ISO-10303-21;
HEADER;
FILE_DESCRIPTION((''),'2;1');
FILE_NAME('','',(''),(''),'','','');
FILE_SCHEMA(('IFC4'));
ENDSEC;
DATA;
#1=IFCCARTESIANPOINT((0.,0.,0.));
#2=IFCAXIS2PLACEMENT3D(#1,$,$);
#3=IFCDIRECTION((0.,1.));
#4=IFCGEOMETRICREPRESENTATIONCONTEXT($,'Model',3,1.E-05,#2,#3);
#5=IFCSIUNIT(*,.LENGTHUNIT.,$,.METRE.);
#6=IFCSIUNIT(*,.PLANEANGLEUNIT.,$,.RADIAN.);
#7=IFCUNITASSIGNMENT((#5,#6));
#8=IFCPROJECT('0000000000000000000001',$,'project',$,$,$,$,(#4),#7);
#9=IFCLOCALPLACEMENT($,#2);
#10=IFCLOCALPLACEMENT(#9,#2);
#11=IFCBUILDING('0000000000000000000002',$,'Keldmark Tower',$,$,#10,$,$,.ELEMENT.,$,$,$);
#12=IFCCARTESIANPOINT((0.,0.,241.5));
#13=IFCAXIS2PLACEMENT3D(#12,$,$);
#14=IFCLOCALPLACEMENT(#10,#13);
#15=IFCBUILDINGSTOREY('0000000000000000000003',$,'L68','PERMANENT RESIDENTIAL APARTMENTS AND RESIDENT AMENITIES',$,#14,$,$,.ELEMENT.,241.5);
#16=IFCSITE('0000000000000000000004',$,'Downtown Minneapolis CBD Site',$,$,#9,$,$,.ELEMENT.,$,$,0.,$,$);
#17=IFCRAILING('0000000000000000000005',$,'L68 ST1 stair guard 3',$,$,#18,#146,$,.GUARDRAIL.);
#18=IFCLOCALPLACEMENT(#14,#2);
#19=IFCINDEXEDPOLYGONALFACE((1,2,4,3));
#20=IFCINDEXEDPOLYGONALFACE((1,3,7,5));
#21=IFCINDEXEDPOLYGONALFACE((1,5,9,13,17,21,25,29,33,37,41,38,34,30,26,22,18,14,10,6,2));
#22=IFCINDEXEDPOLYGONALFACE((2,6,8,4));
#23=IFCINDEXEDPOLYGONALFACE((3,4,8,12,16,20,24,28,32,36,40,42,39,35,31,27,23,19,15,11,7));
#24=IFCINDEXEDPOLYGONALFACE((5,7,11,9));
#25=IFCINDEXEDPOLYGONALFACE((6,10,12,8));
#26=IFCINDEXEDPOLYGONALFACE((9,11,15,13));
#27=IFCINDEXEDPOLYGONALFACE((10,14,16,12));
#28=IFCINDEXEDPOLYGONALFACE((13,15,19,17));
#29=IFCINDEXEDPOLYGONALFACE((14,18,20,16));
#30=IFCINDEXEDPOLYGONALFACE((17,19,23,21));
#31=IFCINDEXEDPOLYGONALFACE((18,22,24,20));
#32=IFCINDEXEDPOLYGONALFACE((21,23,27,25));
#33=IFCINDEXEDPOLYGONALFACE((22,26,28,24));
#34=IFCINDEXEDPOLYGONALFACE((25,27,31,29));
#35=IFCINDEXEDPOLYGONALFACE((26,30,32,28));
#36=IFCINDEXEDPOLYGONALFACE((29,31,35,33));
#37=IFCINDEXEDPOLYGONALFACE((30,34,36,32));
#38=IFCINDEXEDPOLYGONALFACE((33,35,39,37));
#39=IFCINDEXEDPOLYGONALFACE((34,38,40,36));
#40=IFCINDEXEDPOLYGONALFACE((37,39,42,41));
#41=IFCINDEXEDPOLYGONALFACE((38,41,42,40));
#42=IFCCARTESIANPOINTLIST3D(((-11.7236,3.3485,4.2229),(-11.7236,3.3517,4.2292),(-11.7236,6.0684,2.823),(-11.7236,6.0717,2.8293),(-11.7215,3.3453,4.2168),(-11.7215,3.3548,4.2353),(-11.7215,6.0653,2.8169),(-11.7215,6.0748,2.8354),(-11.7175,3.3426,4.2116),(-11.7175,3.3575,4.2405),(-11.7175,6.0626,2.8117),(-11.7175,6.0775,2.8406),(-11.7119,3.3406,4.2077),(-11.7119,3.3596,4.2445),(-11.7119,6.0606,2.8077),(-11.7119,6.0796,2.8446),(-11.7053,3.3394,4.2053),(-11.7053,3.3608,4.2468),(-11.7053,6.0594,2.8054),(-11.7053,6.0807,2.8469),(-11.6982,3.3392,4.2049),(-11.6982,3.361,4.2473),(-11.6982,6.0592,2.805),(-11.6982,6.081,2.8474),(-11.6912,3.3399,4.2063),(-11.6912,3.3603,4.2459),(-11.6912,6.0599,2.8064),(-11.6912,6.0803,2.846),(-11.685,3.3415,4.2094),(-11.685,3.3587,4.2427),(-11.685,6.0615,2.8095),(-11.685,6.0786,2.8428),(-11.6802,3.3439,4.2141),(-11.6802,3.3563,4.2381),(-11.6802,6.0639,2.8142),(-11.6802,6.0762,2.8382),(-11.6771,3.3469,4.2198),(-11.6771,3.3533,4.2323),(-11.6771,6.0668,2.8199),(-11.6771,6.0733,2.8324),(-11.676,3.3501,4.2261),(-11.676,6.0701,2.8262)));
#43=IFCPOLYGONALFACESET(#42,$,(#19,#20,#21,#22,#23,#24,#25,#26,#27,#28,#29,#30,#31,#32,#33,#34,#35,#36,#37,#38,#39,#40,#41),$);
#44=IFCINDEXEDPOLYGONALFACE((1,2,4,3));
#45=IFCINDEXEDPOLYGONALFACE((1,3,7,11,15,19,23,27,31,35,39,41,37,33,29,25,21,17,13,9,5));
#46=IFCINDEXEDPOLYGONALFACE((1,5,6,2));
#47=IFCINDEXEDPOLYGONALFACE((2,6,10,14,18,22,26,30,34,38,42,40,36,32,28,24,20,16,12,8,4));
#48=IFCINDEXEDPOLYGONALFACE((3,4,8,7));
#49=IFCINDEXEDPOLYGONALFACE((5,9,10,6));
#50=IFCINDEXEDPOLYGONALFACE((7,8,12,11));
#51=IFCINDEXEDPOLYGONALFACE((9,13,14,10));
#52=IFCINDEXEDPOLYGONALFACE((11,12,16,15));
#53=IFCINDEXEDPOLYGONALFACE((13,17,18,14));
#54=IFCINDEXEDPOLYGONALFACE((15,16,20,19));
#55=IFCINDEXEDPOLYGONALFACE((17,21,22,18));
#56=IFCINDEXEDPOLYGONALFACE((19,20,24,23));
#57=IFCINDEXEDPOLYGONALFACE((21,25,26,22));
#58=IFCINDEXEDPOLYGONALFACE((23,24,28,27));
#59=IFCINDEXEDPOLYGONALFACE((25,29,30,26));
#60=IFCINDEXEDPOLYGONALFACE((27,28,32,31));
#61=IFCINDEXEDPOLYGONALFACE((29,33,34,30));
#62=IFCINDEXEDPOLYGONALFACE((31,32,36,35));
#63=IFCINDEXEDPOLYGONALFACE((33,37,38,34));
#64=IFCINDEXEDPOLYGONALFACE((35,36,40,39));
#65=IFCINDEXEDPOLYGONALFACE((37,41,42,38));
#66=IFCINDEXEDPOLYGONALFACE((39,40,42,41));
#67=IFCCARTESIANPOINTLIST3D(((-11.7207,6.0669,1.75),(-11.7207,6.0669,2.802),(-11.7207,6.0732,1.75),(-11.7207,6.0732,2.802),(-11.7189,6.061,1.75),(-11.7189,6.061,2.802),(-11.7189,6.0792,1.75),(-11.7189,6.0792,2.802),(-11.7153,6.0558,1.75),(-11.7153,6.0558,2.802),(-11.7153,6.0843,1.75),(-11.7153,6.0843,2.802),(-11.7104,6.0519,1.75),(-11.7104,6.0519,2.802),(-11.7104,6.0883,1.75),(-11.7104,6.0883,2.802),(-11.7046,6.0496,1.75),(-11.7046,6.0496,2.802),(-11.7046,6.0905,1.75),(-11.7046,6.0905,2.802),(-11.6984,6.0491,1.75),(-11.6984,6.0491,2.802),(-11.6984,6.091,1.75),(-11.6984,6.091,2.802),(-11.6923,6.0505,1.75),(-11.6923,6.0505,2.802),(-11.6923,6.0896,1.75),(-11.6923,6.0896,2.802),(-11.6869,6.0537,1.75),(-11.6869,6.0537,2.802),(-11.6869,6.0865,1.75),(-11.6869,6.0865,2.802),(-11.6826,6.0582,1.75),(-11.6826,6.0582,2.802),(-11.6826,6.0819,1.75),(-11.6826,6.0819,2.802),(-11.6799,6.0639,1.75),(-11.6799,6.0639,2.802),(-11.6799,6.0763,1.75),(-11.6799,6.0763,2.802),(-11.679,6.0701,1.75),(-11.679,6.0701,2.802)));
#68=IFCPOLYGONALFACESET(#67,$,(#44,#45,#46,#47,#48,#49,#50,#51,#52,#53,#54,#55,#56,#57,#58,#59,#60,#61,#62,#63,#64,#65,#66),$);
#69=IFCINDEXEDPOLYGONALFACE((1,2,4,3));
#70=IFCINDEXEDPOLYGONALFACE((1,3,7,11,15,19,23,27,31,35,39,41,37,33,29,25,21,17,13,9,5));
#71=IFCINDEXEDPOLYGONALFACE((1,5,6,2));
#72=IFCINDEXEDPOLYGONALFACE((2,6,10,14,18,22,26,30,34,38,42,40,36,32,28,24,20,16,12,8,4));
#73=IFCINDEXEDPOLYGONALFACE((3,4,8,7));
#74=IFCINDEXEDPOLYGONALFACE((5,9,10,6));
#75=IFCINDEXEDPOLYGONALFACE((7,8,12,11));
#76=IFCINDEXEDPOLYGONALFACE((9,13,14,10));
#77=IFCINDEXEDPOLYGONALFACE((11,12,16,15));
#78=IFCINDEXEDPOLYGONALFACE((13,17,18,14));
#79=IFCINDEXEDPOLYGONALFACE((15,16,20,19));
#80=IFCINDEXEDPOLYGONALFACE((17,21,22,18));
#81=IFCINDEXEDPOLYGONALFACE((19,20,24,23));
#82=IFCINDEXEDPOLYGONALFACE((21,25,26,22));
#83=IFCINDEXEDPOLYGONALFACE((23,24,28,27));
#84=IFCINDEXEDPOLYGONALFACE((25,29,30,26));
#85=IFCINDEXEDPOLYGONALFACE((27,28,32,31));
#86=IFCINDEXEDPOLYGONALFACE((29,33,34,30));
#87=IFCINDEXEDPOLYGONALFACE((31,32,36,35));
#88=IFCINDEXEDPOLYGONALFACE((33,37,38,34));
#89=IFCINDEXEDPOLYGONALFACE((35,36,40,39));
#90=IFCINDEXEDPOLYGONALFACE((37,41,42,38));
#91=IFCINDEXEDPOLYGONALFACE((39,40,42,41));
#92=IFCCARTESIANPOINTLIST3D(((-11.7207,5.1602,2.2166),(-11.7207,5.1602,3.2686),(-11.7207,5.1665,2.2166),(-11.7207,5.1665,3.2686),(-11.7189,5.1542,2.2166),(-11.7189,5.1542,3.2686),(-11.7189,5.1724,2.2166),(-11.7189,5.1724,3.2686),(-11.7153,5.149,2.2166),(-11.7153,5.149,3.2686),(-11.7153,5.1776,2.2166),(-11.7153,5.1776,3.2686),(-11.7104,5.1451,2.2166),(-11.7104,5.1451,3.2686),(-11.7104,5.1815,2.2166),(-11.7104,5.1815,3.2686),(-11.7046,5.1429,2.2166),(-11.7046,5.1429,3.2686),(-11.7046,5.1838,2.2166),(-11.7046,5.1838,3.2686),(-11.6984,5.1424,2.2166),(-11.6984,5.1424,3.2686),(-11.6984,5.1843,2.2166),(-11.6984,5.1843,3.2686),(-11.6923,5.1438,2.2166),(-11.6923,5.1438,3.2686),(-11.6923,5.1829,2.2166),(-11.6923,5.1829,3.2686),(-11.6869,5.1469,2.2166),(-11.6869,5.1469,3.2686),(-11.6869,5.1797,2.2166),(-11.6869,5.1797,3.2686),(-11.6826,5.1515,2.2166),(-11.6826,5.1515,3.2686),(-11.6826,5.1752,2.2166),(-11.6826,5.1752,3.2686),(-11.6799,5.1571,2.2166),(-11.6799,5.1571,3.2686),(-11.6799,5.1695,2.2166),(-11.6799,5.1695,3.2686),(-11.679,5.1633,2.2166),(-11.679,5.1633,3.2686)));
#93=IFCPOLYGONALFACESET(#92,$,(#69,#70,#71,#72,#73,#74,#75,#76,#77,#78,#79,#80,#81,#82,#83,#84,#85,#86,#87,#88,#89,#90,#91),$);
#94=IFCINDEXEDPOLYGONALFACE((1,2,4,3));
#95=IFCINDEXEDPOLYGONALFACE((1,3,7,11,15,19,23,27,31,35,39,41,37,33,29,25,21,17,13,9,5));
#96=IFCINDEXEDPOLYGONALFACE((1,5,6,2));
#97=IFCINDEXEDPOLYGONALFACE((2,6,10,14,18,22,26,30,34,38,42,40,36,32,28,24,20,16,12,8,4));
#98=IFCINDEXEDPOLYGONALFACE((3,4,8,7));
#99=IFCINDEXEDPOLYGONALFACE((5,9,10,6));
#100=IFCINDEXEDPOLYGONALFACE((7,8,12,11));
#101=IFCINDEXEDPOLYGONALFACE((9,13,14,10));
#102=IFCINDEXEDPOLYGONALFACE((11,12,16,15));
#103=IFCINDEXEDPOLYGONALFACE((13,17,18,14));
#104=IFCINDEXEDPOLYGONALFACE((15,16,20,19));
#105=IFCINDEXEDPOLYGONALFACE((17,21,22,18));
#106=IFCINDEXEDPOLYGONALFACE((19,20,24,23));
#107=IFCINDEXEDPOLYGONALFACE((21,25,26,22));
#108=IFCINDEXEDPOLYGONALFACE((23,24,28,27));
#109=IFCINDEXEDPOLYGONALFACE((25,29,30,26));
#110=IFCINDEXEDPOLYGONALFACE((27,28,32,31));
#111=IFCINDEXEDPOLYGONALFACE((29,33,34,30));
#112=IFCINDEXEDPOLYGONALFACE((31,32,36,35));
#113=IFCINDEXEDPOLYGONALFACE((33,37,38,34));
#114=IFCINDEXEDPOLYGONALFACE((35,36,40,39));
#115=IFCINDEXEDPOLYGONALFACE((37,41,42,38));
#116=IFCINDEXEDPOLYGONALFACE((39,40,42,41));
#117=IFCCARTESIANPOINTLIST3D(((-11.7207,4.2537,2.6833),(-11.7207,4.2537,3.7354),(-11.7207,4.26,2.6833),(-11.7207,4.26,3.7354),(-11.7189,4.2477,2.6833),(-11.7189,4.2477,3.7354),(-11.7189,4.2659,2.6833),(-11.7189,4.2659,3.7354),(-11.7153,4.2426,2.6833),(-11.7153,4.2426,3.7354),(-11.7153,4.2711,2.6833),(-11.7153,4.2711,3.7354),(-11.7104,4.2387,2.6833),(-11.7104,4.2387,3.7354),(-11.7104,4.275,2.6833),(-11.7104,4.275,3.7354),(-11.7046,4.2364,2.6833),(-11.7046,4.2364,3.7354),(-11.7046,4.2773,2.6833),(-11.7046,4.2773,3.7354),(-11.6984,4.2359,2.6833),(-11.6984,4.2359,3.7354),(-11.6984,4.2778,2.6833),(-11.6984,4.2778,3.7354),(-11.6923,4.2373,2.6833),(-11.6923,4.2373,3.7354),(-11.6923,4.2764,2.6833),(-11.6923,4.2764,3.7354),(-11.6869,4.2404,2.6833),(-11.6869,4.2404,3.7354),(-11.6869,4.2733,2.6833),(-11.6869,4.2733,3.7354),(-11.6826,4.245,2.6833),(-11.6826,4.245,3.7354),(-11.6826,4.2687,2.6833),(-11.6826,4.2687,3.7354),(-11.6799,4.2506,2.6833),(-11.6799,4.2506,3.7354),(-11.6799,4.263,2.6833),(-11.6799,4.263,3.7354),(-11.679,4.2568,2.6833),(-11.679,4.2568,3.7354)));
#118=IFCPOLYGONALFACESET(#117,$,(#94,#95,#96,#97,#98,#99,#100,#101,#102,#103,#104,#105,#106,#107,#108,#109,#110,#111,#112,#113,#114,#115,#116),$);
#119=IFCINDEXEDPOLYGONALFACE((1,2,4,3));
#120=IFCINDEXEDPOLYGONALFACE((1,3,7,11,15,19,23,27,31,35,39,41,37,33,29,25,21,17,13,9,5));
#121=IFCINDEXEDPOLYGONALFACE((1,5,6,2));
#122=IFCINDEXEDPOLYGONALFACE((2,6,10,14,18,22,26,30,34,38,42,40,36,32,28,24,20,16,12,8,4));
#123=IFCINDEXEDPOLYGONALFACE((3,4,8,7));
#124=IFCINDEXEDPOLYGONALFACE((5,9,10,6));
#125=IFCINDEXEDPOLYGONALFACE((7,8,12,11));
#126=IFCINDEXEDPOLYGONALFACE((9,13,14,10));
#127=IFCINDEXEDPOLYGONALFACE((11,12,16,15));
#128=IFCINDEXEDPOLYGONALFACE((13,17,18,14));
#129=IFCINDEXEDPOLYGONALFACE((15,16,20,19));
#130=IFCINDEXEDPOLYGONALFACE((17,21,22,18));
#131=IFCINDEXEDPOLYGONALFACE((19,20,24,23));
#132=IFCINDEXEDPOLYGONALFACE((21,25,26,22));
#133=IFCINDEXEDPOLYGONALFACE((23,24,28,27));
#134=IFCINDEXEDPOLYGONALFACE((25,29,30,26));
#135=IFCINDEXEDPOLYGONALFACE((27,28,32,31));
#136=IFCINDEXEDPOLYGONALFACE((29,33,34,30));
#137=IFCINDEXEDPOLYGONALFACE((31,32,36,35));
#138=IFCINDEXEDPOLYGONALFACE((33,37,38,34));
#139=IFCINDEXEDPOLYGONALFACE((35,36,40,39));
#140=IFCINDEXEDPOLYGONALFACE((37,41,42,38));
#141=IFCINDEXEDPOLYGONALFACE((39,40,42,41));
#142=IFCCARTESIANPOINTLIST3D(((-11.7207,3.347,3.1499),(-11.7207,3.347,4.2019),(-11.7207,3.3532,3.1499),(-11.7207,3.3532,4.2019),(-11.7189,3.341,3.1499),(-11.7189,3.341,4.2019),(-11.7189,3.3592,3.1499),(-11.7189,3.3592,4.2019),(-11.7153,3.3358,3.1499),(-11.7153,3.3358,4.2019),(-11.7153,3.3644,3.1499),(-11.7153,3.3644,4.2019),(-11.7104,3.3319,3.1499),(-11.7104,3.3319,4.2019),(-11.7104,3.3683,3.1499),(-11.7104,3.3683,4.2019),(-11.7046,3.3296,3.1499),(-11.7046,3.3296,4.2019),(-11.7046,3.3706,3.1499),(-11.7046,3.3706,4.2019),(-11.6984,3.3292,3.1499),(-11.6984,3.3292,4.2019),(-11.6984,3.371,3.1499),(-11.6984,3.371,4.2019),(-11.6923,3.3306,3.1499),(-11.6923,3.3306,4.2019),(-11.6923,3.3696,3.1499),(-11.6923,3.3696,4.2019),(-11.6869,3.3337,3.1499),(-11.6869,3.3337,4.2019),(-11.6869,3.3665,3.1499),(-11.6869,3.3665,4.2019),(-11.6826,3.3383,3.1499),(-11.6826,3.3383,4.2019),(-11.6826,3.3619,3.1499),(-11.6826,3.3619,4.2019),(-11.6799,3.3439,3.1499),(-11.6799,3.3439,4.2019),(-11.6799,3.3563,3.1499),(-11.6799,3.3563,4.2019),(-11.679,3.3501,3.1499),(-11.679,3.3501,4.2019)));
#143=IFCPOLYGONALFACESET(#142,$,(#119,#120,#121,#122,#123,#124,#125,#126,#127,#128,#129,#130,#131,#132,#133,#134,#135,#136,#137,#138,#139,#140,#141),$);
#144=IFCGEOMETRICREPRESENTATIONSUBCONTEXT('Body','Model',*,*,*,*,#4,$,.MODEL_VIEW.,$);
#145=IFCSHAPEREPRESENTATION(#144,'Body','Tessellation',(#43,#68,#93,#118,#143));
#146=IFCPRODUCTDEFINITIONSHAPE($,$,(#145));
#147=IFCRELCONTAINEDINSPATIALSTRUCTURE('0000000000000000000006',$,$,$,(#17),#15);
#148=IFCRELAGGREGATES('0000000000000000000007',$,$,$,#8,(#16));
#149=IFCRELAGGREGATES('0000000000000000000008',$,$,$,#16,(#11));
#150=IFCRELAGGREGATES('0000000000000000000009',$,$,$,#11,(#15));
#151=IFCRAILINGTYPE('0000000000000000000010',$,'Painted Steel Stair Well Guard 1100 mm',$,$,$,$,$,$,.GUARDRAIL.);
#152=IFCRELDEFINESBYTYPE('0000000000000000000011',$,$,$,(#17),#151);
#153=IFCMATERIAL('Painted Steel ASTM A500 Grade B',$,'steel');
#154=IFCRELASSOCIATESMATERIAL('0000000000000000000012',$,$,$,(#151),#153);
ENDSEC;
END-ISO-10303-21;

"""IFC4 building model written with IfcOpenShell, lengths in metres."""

from ifc_helpers import new_model, si_unit, direction, frame, origin, origin_2d, place, context, subcontext, project, spatial, circle, extrude, material, type_object, element, save


model = new_model("IFC4")

# Units and contexts
model_context = context("Model", 3, precision=1e-05, world=origin(), true_north=direction((0.0, 1.0)))
body_context = subcontext(model_context, "Body", "Model", "MODEL_VIEW")
ifc_project = project(units=[si_unit("LENGTHUNIT", "METRE"), si_unit("PLANEANGLEUNIT", "RADIAN")], contexts=[model_context])

# Site, building, storey
site_placement = place(None, origin())
site = spatial("IfcSite", under=ifc_project, at=site_placement, Name="Downtown Minneapolis CBD Site", CompositionType="ELEMENT", RefElevation=0.0)
building_placement = place(site_placement, origin())
building = spatial("IfcBuilding", under=site, at=building_placement, Name="Keldmark Tower", CompositionType="ELEMENT")
storey_placement = place(building_placement, frame((0.0, 0.0, 241.5)))
storey = spatial("IfcBuildingStorey", under=building, at=storey_placement, Name="L68", Description="PERMANENT RESIDENTIAL APARTMENTS AND RESIDENT AMENITIES", CompositionType="ELEMENT", Elevation=241.5)

# Railing
ifc_material_1 = material(Name="Painted Steel ASTM A500 Grade B", Category="steel")
railing_type_1 = type_object("IfcRailingType", Name="Painted Steel Stair Well Guard 1100 mm", PredefinedType="GUARDRAIL", material=ifc_material_1)
railing_1_placement = place(storey_placement, frame((-11.7, 6.0701, 1.75)))
element("IfcRailing", 1, at=railing_1_placement, inside=storey, type_object=railing_type_1, Name="L68 ST1 stair guard 3", PredefinedType="GUARDRAIL", context=body_context, shape_type="SweptSolid", body=[
    extrude(circle(Radius=0.0239, at=origin_2d()), frame((0.0, 0.0, 1.0762), z_axis=(0.0, -0.889147, 0.457622), x_axis=(1.0, 0.0, 0.0)), (0.0, 0.0, 1.0), 3.0591),
    extrude(circle(Radius=0.021, at=origin_2d()), origin(), (0.0, 0.0, 1.0), 1.052),
    extrude(circle(Radius=0.021, at=origin_2d()), frame((0.0, -0.9067, 0.4666)), (0.0, 0.0, 1.0), 1.052),
    extrude(circle(Radius=0.021, at=origin_2d()), frame((0.0, -1.8132, 0.9333)), (0.0, 0.0, 1.0), 1.052),
    extrude(circle(Radius=0.021, at=origin_2d()), frame((0.0, -2.72, 1.3999)), (0.0, 0.0, 1.0), 1.052),
])

save(model, "model.ifc")
